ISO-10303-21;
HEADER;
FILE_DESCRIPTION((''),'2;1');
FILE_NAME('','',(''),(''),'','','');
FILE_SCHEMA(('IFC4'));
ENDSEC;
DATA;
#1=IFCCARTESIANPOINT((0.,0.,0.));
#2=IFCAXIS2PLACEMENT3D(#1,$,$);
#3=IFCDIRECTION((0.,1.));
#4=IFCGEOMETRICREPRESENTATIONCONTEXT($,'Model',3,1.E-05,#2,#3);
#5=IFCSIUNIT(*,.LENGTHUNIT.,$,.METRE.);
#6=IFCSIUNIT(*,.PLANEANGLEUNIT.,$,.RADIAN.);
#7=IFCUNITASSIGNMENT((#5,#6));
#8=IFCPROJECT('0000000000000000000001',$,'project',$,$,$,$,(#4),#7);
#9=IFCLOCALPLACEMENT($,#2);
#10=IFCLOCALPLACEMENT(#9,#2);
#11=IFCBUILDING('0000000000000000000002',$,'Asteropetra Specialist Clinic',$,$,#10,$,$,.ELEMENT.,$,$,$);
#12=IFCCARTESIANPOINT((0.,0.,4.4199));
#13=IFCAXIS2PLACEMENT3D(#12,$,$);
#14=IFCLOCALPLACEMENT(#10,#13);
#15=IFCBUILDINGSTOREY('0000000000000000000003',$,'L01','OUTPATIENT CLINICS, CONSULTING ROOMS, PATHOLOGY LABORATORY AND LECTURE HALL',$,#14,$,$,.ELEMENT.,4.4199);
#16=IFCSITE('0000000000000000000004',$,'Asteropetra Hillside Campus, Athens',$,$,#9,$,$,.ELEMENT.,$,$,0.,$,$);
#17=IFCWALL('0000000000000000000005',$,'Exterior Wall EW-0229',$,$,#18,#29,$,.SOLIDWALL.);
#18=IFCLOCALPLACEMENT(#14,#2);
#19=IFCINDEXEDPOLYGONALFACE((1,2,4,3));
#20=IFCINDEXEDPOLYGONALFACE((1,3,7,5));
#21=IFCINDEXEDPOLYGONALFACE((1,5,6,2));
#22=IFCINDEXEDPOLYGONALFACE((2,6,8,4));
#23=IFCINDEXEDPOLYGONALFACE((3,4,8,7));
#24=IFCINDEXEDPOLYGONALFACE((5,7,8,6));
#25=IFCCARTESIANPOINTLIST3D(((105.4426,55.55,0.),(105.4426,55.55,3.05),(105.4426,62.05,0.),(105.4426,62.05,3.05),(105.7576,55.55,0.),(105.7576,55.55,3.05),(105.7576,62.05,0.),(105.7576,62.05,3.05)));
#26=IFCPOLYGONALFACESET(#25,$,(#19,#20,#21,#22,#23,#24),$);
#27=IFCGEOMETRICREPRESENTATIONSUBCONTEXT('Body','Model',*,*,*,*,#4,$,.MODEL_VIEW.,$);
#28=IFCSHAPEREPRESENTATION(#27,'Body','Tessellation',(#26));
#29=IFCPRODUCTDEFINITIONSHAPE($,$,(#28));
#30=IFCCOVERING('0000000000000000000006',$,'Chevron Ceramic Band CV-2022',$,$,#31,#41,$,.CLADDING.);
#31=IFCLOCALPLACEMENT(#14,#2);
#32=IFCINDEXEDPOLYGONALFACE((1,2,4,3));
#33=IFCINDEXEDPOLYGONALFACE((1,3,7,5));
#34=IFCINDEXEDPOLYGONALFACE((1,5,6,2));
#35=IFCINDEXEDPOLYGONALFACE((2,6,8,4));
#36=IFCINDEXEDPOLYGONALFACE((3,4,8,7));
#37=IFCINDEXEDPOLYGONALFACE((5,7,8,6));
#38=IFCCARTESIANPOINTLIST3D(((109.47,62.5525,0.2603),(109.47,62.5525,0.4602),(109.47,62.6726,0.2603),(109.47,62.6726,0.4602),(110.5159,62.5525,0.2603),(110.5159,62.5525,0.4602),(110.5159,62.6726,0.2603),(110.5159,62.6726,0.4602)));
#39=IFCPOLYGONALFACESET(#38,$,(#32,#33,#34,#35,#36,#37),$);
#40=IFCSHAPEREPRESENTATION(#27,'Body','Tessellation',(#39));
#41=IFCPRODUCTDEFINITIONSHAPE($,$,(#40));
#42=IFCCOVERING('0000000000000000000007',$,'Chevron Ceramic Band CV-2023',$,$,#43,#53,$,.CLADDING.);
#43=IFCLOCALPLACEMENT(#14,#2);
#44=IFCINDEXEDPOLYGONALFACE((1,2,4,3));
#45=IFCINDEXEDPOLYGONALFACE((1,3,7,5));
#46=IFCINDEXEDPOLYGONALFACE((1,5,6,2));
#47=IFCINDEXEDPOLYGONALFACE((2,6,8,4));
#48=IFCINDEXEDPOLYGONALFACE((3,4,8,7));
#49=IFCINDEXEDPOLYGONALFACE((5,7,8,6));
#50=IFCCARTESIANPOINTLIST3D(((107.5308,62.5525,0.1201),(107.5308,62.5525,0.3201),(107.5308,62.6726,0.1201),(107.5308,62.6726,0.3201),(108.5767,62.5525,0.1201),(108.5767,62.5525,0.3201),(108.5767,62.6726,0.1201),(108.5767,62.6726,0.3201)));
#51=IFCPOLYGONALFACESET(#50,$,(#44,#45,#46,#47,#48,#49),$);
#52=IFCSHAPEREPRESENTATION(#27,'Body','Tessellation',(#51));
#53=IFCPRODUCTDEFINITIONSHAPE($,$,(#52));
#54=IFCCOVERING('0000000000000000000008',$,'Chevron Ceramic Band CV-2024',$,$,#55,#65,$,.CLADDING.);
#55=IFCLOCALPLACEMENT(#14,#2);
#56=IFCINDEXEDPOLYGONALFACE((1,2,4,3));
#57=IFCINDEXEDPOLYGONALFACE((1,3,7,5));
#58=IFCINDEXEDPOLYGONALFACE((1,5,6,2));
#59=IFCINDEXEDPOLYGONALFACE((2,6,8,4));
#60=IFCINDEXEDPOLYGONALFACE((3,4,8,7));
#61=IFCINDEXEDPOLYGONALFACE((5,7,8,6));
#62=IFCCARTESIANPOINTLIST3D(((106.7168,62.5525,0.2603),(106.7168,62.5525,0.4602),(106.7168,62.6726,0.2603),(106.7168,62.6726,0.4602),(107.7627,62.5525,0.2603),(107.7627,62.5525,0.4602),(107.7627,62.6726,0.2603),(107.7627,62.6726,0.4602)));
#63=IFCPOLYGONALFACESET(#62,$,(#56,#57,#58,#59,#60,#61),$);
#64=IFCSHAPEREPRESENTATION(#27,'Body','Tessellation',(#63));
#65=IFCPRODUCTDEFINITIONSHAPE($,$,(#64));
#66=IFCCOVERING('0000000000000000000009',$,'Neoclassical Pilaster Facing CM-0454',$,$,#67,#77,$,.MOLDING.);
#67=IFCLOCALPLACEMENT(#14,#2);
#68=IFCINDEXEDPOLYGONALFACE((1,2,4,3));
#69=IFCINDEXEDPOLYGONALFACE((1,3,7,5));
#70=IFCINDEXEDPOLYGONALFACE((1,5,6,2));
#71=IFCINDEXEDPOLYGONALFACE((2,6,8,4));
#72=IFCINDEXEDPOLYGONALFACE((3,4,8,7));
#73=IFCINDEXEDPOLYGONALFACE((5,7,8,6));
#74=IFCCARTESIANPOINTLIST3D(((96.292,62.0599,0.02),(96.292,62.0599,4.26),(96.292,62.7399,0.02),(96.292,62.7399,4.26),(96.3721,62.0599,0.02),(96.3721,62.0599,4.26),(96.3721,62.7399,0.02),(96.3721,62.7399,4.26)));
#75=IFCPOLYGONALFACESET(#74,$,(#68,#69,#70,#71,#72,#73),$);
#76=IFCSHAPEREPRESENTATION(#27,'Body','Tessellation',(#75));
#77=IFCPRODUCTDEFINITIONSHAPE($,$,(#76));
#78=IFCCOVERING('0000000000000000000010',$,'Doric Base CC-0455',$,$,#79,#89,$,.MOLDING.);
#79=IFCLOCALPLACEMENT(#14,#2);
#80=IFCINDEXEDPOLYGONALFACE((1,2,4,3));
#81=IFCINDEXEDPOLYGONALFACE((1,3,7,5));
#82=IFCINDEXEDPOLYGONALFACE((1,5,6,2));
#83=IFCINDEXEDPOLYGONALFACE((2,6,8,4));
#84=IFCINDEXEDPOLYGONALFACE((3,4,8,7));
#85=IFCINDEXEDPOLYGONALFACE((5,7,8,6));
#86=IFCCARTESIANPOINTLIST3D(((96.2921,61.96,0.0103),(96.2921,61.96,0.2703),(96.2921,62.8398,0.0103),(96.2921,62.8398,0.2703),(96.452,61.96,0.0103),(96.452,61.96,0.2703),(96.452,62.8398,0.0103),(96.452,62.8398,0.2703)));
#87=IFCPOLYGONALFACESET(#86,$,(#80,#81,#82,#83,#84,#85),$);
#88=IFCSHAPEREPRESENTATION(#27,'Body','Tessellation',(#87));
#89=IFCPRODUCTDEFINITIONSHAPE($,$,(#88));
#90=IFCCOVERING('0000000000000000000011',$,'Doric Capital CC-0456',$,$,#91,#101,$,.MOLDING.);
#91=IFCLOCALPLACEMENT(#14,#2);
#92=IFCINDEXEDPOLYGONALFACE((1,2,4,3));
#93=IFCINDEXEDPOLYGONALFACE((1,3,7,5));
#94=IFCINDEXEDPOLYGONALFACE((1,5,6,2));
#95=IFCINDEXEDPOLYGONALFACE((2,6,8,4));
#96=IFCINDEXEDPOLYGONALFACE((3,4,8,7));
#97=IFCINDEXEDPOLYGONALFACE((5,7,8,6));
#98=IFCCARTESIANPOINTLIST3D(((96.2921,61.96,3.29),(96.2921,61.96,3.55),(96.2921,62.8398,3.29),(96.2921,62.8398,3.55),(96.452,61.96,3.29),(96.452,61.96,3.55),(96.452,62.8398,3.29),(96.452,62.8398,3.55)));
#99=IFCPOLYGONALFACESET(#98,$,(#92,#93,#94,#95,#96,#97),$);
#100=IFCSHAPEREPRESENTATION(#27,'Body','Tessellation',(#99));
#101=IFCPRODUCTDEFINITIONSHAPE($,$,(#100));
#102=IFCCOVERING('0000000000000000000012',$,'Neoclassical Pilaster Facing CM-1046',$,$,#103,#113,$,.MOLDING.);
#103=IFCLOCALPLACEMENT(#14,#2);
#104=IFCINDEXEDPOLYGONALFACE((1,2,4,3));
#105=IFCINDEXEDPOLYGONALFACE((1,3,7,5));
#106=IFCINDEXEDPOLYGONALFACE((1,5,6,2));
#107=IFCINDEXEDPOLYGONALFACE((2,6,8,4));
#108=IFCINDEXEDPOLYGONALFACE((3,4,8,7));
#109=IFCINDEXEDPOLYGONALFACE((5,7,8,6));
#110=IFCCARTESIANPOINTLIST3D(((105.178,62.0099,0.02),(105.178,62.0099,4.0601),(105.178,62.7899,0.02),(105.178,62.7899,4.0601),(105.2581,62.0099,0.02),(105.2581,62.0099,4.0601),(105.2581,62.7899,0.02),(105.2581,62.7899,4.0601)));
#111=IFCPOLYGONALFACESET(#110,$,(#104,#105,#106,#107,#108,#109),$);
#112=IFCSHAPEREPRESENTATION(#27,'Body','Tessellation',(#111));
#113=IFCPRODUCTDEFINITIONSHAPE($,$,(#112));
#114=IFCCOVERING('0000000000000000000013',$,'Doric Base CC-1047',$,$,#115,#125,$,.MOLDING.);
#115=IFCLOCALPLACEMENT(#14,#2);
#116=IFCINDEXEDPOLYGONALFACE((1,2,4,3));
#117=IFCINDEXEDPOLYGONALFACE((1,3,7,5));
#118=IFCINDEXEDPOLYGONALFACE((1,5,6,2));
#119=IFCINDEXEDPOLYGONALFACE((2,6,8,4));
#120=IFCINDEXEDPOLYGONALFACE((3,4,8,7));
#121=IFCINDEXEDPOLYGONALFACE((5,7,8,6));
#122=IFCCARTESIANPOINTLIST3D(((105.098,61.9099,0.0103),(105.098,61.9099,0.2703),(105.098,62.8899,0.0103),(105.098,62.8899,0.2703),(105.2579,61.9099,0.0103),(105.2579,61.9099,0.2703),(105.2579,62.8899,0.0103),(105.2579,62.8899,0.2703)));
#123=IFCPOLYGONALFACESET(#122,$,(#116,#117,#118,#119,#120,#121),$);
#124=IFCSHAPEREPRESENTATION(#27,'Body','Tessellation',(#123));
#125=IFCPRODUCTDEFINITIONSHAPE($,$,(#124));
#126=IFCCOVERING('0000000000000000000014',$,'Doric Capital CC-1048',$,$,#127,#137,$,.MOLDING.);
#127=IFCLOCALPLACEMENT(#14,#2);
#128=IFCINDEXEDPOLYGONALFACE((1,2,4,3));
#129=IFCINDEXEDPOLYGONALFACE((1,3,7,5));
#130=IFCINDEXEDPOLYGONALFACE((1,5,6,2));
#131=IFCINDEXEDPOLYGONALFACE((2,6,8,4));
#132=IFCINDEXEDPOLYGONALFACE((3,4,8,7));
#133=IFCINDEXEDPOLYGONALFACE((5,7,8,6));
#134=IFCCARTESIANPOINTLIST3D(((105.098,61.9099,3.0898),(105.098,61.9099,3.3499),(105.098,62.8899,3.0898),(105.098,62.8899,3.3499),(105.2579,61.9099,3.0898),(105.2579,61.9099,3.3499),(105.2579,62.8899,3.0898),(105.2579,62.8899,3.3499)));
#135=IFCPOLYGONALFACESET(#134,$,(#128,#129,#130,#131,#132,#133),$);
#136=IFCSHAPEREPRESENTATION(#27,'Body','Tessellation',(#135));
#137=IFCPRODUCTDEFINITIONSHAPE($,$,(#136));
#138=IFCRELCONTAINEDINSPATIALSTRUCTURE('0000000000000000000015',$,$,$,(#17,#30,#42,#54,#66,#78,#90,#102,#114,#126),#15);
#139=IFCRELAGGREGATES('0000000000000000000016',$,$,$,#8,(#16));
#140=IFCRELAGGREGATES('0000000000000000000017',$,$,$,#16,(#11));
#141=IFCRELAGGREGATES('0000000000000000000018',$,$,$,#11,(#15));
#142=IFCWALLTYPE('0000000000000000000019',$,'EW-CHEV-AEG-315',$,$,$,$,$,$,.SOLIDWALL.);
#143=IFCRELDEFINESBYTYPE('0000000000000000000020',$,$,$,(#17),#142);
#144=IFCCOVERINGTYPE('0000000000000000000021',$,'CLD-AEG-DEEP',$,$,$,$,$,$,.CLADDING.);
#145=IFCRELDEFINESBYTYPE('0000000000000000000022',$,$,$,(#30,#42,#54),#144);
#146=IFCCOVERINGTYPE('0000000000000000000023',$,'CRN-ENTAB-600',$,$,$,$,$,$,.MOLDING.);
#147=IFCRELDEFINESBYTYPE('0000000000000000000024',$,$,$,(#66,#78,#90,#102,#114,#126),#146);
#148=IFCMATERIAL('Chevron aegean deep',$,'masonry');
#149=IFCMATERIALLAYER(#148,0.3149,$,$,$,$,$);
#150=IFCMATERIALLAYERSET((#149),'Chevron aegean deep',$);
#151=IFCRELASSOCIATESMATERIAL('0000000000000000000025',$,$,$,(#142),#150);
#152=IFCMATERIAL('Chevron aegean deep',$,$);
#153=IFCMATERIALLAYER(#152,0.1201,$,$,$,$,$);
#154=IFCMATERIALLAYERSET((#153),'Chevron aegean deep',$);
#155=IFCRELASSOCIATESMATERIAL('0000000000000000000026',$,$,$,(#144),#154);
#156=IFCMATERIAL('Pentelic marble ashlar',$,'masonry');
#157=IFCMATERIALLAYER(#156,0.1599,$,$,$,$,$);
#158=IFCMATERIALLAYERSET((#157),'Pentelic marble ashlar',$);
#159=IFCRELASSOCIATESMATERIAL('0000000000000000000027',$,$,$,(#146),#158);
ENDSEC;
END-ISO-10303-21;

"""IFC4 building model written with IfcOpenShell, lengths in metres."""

from ifc_helpers import new_model, si_unit, direction, frame, frame_2d, origin, origin_2d, place, context, subcontext, project, spatial, rectangle, extrude, material, layer, layer_set, type_object, element, save


model = new_model("IFC4")

# Units and contexts
model_context = context("Model", 3, precision=1e-05, world=origin(), true_north=direction((0.0, 1.0)))
body_context = subcontext(model_context, "Body", "Model", "MODEL_VIEW")
ifc_project = project(units=[si_unit("LENGTHUNIT", "METRE"), si_unit("PLANEANGLEUNIT", "RADIAN")], contexts=[model_context])

# Site, building, storey
site_placement = place(None, origin())
site = spatial("IfcSite", under=ifc_project, at=site_placement, Name="Asteropetra Hillside Campus, Athens", CompositionType="ELEMENT", RefElevation=0.0)
building_placement = place(site_placement, origin())
building = spatial("IfcBuilding", under=site, at=building_placement, Name="Asteropetra Specialist Clinic", CompositionType="ELEMENT")
storey_placement = place(building_placement, frame((0.0, 0.0, 4.4199)))
storey = spatial("IfcBuildingStorey", under=building, at=storey_placement, Name="L01", Description="OUTPATIENT CLINICS, CONSULTING ROOMS, PATHOLOGY LABORATORY AND LECTURE HALL", CompositionType="ELEMENT", Elevation=4.4199)

# Wall
ifc_material_1 = material(Name="Chevron aegean deep", Category="masonry")
ifc_layer_1 = layer(ifc_material_1, 0.3149)
ifc_layer_set_1 = layer_set([ifc_layer_1], Name="Chevron aegean deep")
wall_type = type_object("IfcWallType", Name="EW-CHEV-AEG-315", PredefinedType="SOLIDWALL", material=ifc_layer_set_1)
wall_placement = place(storey_placement, frame((105.6001, 62.05, 0.0), z_axis=(0.0, 0.0, 1.0), x_axis=(0.0, -1.0, 0.0)))
element("IfcWall", 1, at=wall_placement, inside=storey, type_object=wall_type, Name="Exterior Wall EW-0229", PredefinedType="SOLIDWALL", context=body_context, shape_type="SweptSolid", body=[
    extrude(rectangle(XDim=6.5, YDim=0.3149, at=frame_2d((3.25, 0.0))), origin(), (0.0, 0.0, 1.0), 3.05),
])

# Coverings
ifc_material_2 = material(Name="Chevron aegean deep")
ifc_layer_2 = layer(ifc_material_2, 0.1201)
ifc_layer_set_2 = layer_set([ifc_layer_2], Name="Chevron aegean deep")
covering_type_1 = type_object("IfcCoveringType", Name="CLD-AEG-DEEP", PredefinedType="CLADDING", material=ifc_layer_set_2)
for number, where, z_axis, x_axis, name in (
    (2, (109.9929, 62.6125, 0.2603), (0.0, 0.0, 1.0), (1.0, 0.0, 0.0), "Chevron Ceramic Band CV-2022"),
    (3, (108.0537, 62.6125, 0.1201), (0.0, 0.0, 1.0), (1.0, 0.0, 0.0), "Chevron Ceramic Band CV-2023"),
    (4, (107.2397, 62.6125, 0.2603), (0.0, 0.0, 1.0), (1.0, 0.0, 0.0), "Chevron Ceramic Band CV-2024"),
):
    element("IfcCovering", number, at=place(storey_placement, frame(where, z_axis=z_axis, x_axis=x_axis)), inside=storey, type_object=covering_type_1, Name=name, PredefinedType="CLADDING", context=body_context, shape_type="SweptSolid", body=[
        extrude(rectangle(XDim=1.0459, YDim=0.1201, at=origin_2d()), origin(), (0.0, 0.0, 1.0), 0.2),
    ])
ifc_material_3 = material(Name="Pentelic marble ashlar", Category="masonry")
ifc_layer_3 = layer(ifc_material_3, 0.1599)
ifc_layer_set_3 = layer_set([ifc_layer_3], Name="Pentelic marble ashlar")
covering_type_2 = type_object("IfcCoveringType", Name="CRN-ENTAB-600", PredefinedType="MOLDING", material=ifc_layer_set_3)
covering_1_placement = place(storey_placement, frame((96.332, 62.3999, 0.02), z_axis=(0.0, 0.0, 1.0), x_axis=(1.0, 0.0, 0.0)))
element("IfcCovering", 5, at=covering_1_placement, inside=storey, type_object=covering_type_2, Name="Neoclassical Pilaster Facing CM-0454", PredefinedType="MOLDING", context=body_context, shape_type="SweptSolid", body=[
    extrude(rectangle(XDim=0.0801, YDim=0.6799, at=origin_2d()), origin(), (0.0, 0.0, 1.0), 4.24),
])
for number, where, z_axis, x_axis, name in (
    (6, (96.3721, 62.3999, 0.0103), (0.0, 0.0, 1.0), (1.0, 0.0, 0.0), "Doric Base CC-0455"),
    (7, (96.3721, 62.3999, 3.29), (0.0, 0.0, 1.0), (1.0, 0.0, 0.0), "Doric Capital CC-0456"),
):
    element("IfcCovering", number, at=place(storey_placement, frame(where, z_axis=z_axis, x_axis=x_axis)), inside=storey, type_object=covering_type_2, Name=name, PredefinedType="MOLDING", context=body_context, shape_type="SweptSolid", body=[
        extrude(rectangle(XDim=0.1599, YDim=0.8799, at=origin_2d()), origin(), (0.0, 0.0, 1.0), 0.26),
    ])
covering_2_placement = place(storey_placement, frame((105.218, 62.3999, 0.02), z_axis=(0.0, 0.0, 1.0), x_axis=(1.0, 0.0, 0.0)))
element("IfcCovering", 8, at=covering_2_placement, inside=storey, type_object=covering_type_2, Name="Neoclassical Pilaster Facing CM-1046", PredefinedType="MOLDING", context=body_context, shape_type="SweptSolid", body=[
    extrude(rectangle(XDim=0.0801, YDim=0.78, at=origin_2d()), origin(), (0.0, 0.0, 1.0), 4.04),
])
for number, where, z_axis, x_axis, name in (
    (9, (105.178, 62.3999, 0.0103), (0.0, 0.0, 1.0), (1.0, 0.0, 0.0), "Doric Base CC-1047"),
    (10, (105.178, 62.3999, 3.0898), (0.0, 0.0, 1.0), (1.0, 0.0, 0.0), "Doric Capital CC-1048"),
):
    element("IfcCovering", number, at=place(storey_placement, frame(where, z_axis=z_axis, x_axis=x_axis)), inside=storey, type_object=covering_type_2, Name=name, PredefinedType="MOLDING", context=body_context, shape_type="SweptSolid", body=[
        extrude(rectangle(XDim=0.1599, YDim=0.98, at=origin_2d()), origin(), (0.0, 0.0, 1.0), 0.26),
    ])

save(model, "model.ifc")
